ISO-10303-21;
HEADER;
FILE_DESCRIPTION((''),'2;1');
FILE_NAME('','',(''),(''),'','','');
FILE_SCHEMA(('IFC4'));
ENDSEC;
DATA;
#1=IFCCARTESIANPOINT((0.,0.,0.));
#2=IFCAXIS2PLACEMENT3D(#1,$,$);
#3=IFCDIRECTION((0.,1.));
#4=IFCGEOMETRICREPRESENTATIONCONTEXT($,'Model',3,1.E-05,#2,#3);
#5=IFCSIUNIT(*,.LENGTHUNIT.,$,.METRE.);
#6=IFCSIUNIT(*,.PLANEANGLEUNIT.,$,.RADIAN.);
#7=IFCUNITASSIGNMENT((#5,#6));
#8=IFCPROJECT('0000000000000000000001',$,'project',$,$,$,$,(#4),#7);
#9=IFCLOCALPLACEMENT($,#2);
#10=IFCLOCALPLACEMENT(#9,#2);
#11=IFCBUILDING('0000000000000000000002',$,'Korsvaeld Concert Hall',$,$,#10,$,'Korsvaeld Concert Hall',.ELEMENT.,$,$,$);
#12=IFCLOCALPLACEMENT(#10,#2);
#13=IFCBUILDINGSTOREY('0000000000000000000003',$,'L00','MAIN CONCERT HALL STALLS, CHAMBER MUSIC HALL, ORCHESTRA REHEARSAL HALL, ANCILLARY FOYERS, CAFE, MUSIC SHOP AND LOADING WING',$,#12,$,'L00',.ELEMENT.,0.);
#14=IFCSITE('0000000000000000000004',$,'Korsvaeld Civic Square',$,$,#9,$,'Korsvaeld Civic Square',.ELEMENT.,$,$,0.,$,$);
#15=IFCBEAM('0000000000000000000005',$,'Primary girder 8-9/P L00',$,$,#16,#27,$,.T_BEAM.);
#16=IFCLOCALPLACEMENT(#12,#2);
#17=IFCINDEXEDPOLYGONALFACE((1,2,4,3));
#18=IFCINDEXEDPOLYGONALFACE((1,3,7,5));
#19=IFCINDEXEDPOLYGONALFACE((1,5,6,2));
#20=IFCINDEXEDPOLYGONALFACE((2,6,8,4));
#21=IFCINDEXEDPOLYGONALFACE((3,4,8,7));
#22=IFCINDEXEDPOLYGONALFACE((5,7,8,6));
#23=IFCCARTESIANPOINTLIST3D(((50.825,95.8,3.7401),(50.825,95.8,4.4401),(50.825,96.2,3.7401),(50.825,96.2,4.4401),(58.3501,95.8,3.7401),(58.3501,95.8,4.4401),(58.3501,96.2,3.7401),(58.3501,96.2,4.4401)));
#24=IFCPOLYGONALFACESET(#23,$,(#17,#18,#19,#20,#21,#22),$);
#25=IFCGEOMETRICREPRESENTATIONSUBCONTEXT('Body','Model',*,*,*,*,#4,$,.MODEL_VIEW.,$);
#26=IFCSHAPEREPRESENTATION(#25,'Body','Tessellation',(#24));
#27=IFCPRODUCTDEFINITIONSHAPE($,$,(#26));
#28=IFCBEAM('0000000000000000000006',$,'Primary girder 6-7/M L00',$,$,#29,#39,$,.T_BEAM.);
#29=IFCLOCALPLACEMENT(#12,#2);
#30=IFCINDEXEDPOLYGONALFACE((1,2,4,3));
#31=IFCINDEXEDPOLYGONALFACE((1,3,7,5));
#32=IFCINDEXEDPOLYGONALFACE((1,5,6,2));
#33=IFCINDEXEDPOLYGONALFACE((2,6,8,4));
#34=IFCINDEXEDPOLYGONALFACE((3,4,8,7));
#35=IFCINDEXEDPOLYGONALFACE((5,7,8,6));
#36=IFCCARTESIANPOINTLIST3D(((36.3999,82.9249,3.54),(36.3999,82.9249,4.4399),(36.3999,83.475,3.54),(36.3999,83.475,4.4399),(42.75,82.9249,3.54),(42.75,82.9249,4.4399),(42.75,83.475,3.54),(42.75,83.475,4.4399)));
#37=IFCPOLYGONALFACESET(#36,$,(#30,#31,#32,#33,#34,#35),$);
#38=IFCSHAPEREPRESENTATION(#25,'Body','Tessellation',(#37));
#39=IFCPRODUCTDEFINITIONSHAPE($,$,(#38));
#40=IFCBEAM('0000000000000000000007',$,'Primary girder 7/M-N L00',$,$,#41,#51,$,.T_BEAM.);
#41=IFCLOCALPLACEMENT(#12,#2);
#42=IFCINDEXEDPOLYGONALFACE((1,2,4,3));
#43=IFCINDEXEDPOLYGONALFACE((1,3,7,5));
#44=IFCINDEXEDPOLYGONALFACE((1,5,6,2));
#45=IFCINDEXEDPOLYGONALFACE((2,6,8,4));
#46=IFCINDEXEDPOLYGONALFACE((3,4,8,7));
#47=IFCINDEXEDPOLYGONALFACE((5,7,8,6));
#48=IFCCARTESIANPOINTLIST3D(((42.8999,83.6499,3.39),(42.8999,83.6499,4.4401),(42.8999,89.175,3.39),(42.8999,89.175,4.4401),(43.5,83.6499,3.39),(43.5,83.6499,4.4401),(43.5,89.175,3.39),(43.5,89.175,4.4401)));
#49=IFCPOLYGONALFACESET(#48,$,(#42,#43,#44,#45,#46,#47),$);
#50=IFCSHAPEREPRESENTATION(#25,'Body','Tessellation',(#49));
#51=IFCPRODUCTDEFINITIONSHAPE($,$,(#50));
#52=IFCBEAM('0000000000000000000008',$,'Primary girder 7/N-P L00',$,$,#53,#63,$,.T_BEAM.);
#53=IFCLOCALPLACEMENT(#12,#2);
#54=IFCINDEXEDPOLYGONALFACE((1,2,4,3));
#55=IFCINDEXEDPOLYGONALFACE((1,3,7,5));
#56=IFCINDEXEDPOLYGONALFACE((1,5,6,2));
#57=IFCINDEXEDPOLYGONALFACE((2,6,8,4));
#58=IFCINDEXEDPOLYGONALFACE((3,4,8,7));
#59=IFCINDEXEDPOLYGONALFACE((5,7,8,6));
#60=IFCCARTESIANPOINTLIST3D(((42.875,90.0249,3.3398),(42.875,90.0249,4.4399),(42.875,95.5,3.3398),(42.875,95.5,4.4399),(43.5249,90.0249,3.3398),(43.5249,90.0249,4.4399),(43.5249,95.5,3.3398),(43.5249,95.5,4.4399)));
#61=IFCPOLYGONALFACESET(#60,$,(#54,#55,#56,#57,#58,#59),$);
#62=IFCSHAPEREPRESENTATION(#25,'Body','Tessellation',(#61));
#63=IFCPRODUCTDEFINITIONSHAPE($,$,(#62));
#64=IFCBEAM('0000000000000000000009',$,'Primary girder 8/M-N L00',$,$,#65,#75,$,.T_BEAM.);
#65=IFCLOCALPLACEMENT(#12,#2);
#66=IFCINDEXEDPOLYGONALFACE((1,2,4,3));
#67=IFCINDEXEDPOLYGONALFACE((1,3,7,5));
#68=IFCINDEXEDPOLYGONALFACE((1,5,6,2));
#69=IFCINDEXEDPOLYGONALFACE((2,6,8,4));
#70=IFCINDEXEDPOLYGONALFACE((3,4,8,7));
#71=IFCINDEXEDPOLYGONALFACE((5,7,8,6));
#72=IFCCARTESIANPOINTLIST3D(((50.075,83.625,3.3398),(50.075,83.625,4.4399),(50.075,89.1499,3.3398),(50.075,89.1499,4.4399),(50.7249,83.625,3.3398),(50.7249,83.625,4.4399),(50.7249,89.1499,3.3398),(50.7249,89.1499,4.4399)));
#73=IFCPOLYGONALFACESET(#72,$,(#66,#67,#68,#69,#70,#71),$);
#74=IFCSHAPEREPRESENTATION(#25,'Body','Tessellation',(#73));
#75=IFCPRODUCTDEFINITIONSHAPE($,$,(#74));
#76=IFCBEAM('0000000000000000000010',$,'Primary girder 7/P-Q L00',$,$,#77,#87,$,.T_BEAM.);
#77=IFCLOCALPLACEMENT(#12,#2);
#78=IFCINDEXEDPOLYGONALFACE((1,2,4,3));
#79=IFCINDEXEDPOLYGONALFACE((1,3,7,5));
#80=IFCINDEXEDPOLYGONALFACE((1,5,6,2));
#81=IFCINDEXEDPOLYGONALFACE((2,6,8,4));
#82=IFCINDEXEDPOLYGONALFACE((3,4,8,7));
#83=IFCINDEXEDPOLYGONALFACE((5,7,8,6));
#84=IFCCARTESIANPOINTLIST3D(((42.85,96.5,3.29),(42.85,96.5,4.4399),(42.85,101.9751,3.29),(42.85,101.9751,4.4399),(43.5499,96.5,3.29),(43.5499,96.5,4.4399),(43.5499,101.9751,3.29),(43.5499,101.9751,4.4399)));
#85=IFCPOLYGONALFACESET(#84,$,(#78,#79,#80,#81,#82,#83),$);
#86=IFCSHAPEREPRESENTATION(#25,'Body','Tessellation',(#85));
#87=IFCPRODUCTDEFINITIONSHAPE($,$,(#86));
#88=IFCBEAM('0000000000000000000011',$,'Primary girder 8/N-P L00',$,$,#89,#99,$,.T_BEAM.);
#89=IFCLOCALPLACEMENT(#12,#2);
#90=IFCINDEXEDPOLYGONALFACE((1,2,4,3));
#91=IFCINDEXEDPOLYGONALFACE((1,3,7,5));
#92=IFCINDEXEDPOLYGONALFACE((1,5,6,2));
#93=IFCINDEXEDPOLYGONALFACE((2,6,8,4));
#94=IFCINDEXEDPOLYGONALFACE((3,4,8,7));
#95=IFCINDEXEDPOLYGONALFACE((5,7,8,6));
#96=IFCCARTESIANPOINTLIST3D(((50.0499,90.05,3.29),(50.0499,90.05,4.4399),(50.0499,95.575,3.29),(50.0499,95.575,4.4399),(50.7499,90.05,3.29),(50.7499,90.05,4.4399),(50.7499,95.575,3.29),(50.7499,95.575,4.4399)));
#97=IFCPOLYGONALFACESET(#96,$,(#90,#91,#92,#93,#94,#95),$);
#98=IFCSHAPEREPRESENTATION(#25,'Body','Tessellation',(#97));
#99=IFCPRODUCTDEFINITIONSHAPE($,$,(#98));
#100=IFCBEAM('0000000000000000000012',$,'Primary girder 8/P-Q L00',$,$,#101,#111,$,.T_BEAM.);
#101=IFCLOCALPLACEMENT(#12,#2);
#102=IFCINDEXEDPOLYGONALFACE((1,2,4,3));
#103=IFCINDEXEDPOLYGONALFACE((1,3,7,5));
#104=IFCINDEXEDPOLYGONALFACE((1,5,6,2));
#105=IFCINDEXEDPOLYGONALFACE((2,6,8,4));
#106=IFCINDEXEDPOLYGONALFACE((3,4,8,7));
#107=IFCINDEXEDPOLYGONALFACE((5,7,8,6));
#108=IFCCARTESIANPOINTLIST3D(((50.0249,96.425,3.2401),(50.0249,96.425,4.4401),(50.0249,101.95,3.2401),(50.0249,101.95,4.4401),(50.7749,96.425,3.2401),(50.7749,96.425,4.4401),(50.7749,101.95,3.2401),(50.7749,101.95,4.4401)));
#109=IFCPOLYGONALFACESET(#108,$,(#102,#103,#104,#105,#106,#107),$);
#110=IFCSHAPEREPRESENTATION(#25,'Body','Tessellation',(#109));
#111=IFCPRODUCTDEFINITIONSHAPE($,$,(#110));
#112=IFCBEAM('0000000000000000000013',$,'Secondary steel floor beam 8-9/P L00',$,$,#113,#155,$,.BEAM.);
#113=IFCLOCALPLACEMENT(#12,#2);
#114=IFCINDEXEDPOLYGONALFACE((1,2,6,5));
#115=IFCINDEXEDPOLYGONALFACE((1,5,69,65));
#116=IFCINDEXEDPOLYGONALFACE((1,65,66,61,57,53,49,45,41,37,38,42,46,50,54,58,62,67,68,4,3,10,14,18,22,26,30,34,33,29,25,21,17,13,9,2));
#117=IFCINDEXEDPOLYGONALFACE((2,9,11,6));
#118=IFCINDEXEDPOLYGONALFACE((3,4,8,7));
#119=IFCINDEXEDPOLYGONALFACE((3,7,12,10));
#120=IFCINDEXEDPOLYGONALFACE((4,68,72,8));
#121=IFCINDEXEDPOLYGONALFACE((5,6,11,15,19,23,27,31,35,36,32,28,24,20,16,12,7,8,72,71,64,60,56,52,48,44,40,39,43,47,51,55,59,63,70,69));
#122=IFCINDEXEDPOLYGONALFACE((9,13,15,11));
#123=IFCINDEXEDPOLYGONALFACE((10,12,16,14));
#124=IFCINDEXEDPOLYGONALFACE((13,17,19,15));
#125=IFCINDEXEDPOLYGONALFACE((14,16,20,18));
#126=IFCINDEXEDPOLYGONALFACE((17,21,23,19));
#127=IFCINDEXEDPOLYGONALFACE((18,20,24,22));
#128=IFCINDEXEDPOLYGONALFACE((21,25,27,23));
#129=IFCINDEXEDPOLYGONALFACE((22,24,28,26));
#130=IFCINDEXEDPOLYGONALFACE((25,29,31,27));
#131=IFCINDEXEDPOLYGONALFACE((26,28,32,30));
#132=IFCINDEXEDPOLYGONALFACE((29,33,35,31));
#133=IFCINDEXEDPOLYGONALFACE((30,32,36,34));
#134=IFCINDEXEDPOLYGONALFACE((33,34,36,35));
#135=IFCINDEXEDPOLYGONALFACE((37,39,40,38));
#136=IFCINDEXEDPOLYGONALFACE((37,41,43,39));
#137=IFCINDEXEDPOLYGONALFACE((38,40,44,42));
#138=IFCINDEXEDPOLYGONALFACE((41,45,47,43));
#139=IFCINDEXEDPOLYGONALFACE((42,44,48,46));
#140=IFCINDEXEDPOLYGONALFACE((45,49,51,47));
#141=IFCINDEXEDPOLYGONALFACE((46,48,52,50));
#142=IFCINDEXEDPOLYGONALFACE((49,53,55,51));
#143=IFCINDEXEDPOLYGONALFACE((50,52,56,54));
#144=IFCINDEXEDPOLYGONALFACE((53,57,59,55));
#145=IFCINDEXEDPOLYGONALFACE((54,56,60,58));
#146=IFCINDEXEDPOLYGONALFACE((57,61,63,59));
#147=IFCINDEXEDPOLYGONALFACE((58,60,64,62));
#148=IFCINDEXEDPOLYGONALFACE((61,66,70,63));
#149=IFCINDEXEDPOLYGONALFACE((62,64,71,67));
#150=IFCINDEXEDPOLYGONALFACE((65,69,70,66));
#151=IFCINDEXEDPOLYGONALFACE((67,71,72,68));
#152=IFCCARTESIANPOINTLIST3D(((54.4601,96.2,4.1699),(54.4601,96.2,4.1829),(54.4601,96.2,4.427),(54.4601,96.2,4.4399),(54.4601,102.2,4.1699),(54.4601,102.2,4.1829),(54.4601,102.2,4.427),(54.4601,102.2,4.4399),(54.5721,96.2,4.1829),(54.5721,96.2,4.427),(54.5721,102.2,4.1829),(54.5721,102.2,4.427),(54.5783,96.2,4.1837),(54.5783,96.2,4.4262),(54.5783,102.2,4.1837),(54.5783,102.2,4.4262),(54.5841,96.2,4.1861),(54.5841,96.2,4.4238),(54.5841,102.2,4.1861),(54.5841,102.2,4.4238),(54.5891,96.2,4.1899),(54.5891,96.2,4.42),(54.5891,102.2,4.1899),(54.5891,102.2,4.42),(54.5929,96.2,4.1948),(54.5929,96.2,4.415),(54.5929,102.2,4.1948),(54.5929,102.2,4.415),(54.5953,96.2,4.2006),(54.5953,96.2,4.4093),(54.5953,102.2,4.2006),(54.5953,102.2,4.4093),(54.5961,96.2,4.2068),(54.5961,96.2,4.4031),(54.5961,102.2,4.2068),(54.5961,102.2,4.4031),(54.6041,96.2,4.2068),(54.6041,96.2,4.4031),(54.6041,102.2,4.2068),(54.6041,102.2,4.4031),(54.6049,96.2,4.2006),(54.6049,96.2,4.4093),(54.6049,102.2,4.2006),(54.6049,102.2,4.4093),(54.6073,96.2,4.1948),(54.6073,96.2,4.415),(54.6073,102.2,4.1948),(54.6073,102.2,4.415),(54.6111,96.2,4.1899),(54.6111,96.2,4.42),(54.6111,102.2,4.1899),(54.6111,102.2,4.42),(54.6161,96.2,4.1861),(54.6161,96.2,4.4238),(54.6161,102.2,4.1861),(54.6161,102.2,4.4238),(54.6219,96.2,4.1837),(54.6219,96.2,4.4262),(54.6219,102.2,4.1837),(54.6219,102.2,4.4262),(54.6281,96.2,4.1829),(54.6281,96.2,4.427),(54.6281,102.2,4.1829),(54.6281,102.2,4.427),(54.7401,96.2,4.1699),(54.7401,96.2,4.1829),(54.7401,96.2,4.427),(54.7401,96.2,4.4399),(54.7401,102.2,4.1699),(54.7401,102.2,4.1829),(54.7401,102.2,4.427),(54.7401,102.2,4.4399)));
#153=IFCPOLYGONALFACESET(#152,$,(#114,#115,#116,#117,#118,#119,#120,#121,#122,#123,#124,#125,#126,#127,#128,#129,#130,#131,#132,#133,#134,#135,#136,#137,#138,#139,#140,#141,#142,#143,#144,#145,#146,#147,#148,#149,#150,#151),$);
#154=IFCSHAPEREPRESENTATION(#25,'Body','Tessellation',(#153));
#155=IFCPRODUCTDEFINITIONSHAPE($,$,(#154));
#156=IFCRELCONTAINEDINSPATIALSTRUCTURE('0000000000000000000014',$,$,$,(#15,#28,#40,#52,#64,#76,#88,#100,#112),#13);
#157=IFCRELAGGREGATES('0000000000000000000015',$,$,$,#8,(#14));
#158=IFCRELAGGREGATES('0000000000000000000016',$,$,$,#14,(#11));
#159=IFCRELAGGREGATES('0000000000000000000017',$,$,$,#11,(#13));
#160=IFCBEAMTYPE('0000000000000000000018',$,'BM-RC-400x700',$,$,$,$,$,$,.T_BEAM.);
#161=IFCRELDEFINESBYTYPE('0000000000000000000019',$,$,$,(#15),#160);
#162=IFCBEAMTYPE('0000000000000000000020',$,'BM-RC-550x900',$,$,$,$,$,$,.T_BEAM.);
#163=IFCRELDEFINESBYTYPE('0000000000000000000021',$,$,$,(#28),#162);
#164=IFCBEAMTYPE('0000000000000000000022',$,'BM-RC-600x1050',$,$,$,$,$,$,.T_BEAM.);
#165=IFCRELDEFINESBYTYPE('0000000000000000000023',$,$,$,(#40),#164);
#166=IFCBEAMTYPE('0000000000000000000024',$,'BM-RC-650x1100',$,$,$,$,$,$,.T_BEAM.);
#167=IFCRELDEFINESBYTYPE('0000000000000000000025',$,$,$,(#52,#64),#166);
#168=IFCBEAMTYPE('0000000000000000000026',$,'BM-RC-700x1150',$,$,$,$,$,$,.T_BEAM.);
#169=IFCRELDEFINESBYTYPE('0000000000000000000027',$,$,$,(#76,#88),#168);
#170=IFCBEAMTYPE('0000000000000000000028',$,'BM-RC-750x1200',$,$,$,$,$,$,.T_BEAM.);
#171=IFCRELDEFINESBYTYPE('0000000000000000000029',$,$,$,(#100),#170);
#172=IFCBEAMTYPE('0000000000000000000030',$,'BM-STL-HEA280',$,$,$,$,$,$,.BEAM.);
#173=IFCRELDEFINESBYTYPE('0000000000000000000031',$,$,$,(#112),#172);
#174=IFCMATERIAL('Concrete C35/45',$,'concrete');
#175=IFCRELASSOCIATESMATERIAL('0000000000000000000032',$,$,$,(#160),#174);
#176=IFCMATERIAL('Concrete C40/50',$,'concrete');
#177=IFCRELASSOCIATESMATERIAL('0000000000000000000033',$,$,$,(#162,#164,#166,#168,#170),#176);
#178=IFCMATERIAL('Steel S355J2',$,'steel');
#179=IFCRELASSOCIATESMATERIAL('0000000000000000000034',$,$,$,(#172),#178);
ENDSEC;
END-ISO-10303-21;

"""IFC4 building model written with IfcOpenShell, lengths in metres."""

from ifc_helpers import new_model, si_unit, direction, frame, origin, origin_2d, place, context, subcontext, project, spatial, rectangle, i_section, extrude, material, material_profile, profile_set, type_object, element, save


model = new_model("IFC4")

# Units and contexts
model_context = context("Model", 3, precision=1e-05, world=origin(), true_north=direction((0.0, 1.0)))
body_context = subcontext(model_context, "Body", "Model", "MODEL_VIEW")
ifc_project = project(units=[si_unit("LENGTHUNIT", "METRE"), si_unit("PLANEANGLEUNIT", "RADIAN")], contexts=[model_context])

# Site, building, storey
site_placement = place(None, origin())
site = spatial("IfcSite", under=ifc_project, at=site_placement, Name="Korsvaeld Civic Square", LongName="Korsvaeld Civic Square", CompositionType="ELEMENT", RefElevation=0.0)
building_placement = place(site_placement, origin())
building = spatial("IfcBuilding", under=site, at=building_placement, Name="Korsvaeld Concert Hall", LongName="Korsvaeld Concert Hall", CompositionType="ELEMENT")
storey_placement = place(building_placement, origin())
storey = spatial("IfcBuildingStorey", under=building, at=storey_placement, Name="L00", Description="MAIN CONCERT HALL STALLS, CHAMBER MUSIC HALL, ORCHESTRA REHEARSAL HALL, ANCILLARY FOYERS, CAFE, MUSIC SHOP AND LOADING WING", LongName="L00", CompositionType="ELEMENT", Elevation=0.0)

# Shared definitions
ifc_material_1 = material(Name="Concrete C40/50", Category="concrete")

# Beams
ifc_material_2 = material(Name="Concrete C35/45", Category="concrete")
ifc_material_profile_1 = material_profile(ifc_material_2, rectangle(XDim=0.3999, YDim=0.7, at=origin_2d()), Name="RC 400x700")
ifc_profile_set_1 = profile_set([ifc_material_profile_1], Name="Concrete C35/45")
beam_type_1 = type_object("IfcBeamType", Name="BM-RC-400x700", PredefinedType="T_BEAM", material=ifc_profile_set_1)
beam_1_placement = place(storey_placement, frame((50.825, 96.0, 4.0901), z_axis=(1.0, 0.0, 0.0), x_axis=(0.0, 1.0, 0.0)))
element("IfcBeam", 1, at=beam_1_placement, inside=storey, type_object=beam_type_1, Name="Primary girder 8-9/P L00", PredefinedType="T_BEAM", context=body_context, shape_type="SweptSolid", body=[
    extrude(rectangle(XDim=0.3999, YDim=0.7, at=origin_2d()), origin(), (0.0, 0.0, 1.0), 7.5251),
])
ifc_material_profile_2 = material_profile(ifc_material_1, rectangle(XDim=0.55, YDim=0.8999, at=origin_2d()), Name="RC 550x900")
ifc_profile_set_2 = profile_set([ifc_material_profile_2], Name="Concrete C40/50")
beam_type_2 = type_object("IfcBeamType", Name="BM-RC-550x900", PredefinedType="T_BEAM", material=ifc_profile_set_2)
beam_2_placement = place(storey_placement, frame((36.3999, 83.2, 3.99), z_axis=(1.0, 0.0, 0.0), x_axis=(0.0, 1.0, 0.0)))
element("IfcBeam", 2, at=beam_2_placement, inside=storey, type_object=beam_type_2, Name="Primary girder 6-7/M L00", PredefinedType="T_BEAM", context=body_context, shape_type="SweptSolid", body=[
    extrude(rectangle(XDim=0.55, YDim=0.8999, at=origin_2d()), origin(), (0.0, 0.0, 1.0), 6.3501),
])
ifc_material_profile_3 = material_profile(ifc_material_1, rectangle(XDim=0.6001, YDim=1.05, at=origin_2d()), Name="RC 600x1050")
ifc_profile_set_3 = profile_set([ifc_material_profile_3], Name="Concrete C40/50")
beam_type_3 = type_object("IfcBeamType", Name="BM-RC-600x1050", PredefinedType="T_BEAM", material=ifc_profile_set_3)
beam_3_placement = place(storey_placement, frame((43.2, 83.6499, 3.915), z_axis=(0.0, 1.0, 0.0), x_axis=(-1.0, 0.0, 0.0)))
element("IfcBeam", 3, at=beam_3_placement, inside=storey, type_object=beam_type_3, Name="Primary girder 7/M-N L00", PredefinedType="T_BEAM", context=body_context, shape_type="SweptSolid", body=[
    extrude(rectangle(XDim=0.6001, YDim=1.05, at=origin_2d()), origin(), (0.0, 0.0, 1.0), 5.5251),
])
ifc_material_profile_4 = material_profile(ifc_material_1, rectangle(XDim=0.6499, YDim=1.1001, at=origin_2d()), Name="RC 650x1100")
ifc_profile_set_4 = profile_set([ifc_material_profile_4], Name="Concrete C40/50")
beam_type_4 = type_object("IfcBeamType", Name="BM-RC-650x1100", PredefinedType="T_BEAM", material=ifc_profile_set_4)
beam_4_placement = place(storey_placement, frame((43.2, 90.0249, 3.8899), z_axis=(0.0, 1.0, 0.0), x_axis=(-1.0, 0.0, 0.0)))
element("IfcBeam", 4, at=beam_4_placement, inside=storey, type_object=beam_type_4, Name="Primary girder 7/N-P L00", PredefinedType="T_BEAM", context=body_context, shape_type="SweptSolid", body=[
    extrude(rectangle(XDim=0.6499, YDim=1.1001, at=origin_2d()), origin(), (0.0, 0.0, 1.0), 5.4751),
])
beam_5_placement = place(storey_placement, frame((50.3999, 83.625, 3.8899), z_axis=(0.0, 1.0, 0.0), x_axis=(-1.0, 0.0, 0.0)))
element("IfcBeam", 5, at=beam_5_placement, inside=storey, type_object=beam_type_4, Name="Primary girder 8/M-N L00", PredefinedType="T_BEAM", context=body_context, shape_type="SweptSolid", body=[
    extrude(rectangle(XDim=0.6499, YDim=1.1001, at=origin_2d()), origin(), (0.0, 0.0, 1.0), 5.5249),
])
ifc_material_profile_5 = material_profile(ifc_material_1, rectangle(XDim=0.7, YDim=1.1499, at=origin_2d()), Name="RC 700x1150")
ifc_profile_set_5 = profile_set([ifc_material_profile_5], Name="Concrete C40/50")
beam_type_5 = type_object("IfcBeamType", Name="BM-RC-700x1150", PredefinedType="T_BEAM", material=ifc_profile_set_5)
beam_6_placement = place(storey_placement, frame((43.2, 96.5, 3.865), z_axis=(0.0, 1.0, 0.0), x_axis=(-1.0, 0.0, 0.0)))
element("IfcBeam", 6, at=beam_6_placement, inside=storey, type_object=beam_type_5, Name="Primary girder 7/P-Q L00", PredefinedType="T_BEAM", context=body_context, shape_type="SweptSolid", body=[
    extrude(rectangle(XDim=0.7, YDim=1.1499, at=origin_2d()), origin(), (0.0, 0.0, 1.0), 5.4751),
])
beam_7_placement = place(storey_placement, frame((50.3999, 90.05, 3.865), z_axis=(0.0, 1.0, 0.0), x_axis=(-1.0, 0.0, 0.0)))
element("IfcBeam", 7, at=beam_7_placement, inside=storey, type_object=beam_type_5, Name="Primary girder 8/N-P L00", PredefinedType="T_BEAM", context=body_context, shape_type="SweptSolid", body=[
    extrude(rectangle(XDim=0.7, YDim=1.1499, at=origin_2d()), origin(), (0.0, 0.0, 1.0), 5.5249),
])
ifc_material_profile_6 = material_profile(ifc_material_1, rectangle(XDim=0.75, YDim=1.2, at=origin_2d()), Name="RC 750x1200")
ifc_profile_set_6 = profile_set([ifc_material_profile_6], Name="Concrete C40/50")
beam_type_6 = type_object("IfcBeamType", Name="BM-RC-750x1200", PredefinedType="T_BEAM", material=ifc_profile_set_6)
beam_8_placement = place(storey_placement, frame((50.3999, 96.425, 3.8401), z_axis=(0.0, 1.0, 0.0), x_axis=(-1.0, 0.0, 0.0)))
element("IfcBeam", 8, at=beam_8_placement, inside=storey, type_object=beam_type_6, Name="Primary girder 8/P-Q L00", PredefinedType="T_BEAM", context=body_context, shape_type="SweptSolid", body=[
    extrude(rectangle(XDim=0.75, YDim=1.2, at=origin_2d()), origin(), (0.0, 0.0, 1.0), 5.5249),
])
ifc_material_3 = material(Name="Steel S355J2", Category="steel")
ifc_material_profile_7 = material_profile(ifc_material_3, i_section(OverallWidth=0.28, OverallDepth=0.27, WebThickness=0.0081, FlangeThickness=0.0129, FilletRadius=0.0239, at=origin_2d()), Name="HEA 280")
ifc_profile_set_7 = profile_set([ifc_material_profile_7], Name="Steel S355J2")
beam_type_7 = type_object("IfcBeamType", Name="BM-STL-HEA280", PredefinedType="BEAM", material=ifc_profile_set_7)
beam_9_placement = place(storey_placement, frame((54.6001, 96.2, 4.3049), z_axis=(0.0, 1.0, 0.0), x_axis=(-1.0, 0.0, 0.0)))
element("IfcBeam", 9, at=beam_9_placement, inside=storey, type_object=beam_type_7, Name="Secondary steel floor beam 8-9/P L00", PredefinedType="BEAM", context=body_context, shape_type="SweptSolid", body=[
    extrude(i_section(OverallWidth=0.28, OverallDepth=0.27, WebThickness=0.0081, FlangeThickness=0.0129, FilletRadius=0.0239, at=origin_2d()), origin(), (0.0, 0.0, 1.0), 6.0),
])

save(model, "model.ifc")
